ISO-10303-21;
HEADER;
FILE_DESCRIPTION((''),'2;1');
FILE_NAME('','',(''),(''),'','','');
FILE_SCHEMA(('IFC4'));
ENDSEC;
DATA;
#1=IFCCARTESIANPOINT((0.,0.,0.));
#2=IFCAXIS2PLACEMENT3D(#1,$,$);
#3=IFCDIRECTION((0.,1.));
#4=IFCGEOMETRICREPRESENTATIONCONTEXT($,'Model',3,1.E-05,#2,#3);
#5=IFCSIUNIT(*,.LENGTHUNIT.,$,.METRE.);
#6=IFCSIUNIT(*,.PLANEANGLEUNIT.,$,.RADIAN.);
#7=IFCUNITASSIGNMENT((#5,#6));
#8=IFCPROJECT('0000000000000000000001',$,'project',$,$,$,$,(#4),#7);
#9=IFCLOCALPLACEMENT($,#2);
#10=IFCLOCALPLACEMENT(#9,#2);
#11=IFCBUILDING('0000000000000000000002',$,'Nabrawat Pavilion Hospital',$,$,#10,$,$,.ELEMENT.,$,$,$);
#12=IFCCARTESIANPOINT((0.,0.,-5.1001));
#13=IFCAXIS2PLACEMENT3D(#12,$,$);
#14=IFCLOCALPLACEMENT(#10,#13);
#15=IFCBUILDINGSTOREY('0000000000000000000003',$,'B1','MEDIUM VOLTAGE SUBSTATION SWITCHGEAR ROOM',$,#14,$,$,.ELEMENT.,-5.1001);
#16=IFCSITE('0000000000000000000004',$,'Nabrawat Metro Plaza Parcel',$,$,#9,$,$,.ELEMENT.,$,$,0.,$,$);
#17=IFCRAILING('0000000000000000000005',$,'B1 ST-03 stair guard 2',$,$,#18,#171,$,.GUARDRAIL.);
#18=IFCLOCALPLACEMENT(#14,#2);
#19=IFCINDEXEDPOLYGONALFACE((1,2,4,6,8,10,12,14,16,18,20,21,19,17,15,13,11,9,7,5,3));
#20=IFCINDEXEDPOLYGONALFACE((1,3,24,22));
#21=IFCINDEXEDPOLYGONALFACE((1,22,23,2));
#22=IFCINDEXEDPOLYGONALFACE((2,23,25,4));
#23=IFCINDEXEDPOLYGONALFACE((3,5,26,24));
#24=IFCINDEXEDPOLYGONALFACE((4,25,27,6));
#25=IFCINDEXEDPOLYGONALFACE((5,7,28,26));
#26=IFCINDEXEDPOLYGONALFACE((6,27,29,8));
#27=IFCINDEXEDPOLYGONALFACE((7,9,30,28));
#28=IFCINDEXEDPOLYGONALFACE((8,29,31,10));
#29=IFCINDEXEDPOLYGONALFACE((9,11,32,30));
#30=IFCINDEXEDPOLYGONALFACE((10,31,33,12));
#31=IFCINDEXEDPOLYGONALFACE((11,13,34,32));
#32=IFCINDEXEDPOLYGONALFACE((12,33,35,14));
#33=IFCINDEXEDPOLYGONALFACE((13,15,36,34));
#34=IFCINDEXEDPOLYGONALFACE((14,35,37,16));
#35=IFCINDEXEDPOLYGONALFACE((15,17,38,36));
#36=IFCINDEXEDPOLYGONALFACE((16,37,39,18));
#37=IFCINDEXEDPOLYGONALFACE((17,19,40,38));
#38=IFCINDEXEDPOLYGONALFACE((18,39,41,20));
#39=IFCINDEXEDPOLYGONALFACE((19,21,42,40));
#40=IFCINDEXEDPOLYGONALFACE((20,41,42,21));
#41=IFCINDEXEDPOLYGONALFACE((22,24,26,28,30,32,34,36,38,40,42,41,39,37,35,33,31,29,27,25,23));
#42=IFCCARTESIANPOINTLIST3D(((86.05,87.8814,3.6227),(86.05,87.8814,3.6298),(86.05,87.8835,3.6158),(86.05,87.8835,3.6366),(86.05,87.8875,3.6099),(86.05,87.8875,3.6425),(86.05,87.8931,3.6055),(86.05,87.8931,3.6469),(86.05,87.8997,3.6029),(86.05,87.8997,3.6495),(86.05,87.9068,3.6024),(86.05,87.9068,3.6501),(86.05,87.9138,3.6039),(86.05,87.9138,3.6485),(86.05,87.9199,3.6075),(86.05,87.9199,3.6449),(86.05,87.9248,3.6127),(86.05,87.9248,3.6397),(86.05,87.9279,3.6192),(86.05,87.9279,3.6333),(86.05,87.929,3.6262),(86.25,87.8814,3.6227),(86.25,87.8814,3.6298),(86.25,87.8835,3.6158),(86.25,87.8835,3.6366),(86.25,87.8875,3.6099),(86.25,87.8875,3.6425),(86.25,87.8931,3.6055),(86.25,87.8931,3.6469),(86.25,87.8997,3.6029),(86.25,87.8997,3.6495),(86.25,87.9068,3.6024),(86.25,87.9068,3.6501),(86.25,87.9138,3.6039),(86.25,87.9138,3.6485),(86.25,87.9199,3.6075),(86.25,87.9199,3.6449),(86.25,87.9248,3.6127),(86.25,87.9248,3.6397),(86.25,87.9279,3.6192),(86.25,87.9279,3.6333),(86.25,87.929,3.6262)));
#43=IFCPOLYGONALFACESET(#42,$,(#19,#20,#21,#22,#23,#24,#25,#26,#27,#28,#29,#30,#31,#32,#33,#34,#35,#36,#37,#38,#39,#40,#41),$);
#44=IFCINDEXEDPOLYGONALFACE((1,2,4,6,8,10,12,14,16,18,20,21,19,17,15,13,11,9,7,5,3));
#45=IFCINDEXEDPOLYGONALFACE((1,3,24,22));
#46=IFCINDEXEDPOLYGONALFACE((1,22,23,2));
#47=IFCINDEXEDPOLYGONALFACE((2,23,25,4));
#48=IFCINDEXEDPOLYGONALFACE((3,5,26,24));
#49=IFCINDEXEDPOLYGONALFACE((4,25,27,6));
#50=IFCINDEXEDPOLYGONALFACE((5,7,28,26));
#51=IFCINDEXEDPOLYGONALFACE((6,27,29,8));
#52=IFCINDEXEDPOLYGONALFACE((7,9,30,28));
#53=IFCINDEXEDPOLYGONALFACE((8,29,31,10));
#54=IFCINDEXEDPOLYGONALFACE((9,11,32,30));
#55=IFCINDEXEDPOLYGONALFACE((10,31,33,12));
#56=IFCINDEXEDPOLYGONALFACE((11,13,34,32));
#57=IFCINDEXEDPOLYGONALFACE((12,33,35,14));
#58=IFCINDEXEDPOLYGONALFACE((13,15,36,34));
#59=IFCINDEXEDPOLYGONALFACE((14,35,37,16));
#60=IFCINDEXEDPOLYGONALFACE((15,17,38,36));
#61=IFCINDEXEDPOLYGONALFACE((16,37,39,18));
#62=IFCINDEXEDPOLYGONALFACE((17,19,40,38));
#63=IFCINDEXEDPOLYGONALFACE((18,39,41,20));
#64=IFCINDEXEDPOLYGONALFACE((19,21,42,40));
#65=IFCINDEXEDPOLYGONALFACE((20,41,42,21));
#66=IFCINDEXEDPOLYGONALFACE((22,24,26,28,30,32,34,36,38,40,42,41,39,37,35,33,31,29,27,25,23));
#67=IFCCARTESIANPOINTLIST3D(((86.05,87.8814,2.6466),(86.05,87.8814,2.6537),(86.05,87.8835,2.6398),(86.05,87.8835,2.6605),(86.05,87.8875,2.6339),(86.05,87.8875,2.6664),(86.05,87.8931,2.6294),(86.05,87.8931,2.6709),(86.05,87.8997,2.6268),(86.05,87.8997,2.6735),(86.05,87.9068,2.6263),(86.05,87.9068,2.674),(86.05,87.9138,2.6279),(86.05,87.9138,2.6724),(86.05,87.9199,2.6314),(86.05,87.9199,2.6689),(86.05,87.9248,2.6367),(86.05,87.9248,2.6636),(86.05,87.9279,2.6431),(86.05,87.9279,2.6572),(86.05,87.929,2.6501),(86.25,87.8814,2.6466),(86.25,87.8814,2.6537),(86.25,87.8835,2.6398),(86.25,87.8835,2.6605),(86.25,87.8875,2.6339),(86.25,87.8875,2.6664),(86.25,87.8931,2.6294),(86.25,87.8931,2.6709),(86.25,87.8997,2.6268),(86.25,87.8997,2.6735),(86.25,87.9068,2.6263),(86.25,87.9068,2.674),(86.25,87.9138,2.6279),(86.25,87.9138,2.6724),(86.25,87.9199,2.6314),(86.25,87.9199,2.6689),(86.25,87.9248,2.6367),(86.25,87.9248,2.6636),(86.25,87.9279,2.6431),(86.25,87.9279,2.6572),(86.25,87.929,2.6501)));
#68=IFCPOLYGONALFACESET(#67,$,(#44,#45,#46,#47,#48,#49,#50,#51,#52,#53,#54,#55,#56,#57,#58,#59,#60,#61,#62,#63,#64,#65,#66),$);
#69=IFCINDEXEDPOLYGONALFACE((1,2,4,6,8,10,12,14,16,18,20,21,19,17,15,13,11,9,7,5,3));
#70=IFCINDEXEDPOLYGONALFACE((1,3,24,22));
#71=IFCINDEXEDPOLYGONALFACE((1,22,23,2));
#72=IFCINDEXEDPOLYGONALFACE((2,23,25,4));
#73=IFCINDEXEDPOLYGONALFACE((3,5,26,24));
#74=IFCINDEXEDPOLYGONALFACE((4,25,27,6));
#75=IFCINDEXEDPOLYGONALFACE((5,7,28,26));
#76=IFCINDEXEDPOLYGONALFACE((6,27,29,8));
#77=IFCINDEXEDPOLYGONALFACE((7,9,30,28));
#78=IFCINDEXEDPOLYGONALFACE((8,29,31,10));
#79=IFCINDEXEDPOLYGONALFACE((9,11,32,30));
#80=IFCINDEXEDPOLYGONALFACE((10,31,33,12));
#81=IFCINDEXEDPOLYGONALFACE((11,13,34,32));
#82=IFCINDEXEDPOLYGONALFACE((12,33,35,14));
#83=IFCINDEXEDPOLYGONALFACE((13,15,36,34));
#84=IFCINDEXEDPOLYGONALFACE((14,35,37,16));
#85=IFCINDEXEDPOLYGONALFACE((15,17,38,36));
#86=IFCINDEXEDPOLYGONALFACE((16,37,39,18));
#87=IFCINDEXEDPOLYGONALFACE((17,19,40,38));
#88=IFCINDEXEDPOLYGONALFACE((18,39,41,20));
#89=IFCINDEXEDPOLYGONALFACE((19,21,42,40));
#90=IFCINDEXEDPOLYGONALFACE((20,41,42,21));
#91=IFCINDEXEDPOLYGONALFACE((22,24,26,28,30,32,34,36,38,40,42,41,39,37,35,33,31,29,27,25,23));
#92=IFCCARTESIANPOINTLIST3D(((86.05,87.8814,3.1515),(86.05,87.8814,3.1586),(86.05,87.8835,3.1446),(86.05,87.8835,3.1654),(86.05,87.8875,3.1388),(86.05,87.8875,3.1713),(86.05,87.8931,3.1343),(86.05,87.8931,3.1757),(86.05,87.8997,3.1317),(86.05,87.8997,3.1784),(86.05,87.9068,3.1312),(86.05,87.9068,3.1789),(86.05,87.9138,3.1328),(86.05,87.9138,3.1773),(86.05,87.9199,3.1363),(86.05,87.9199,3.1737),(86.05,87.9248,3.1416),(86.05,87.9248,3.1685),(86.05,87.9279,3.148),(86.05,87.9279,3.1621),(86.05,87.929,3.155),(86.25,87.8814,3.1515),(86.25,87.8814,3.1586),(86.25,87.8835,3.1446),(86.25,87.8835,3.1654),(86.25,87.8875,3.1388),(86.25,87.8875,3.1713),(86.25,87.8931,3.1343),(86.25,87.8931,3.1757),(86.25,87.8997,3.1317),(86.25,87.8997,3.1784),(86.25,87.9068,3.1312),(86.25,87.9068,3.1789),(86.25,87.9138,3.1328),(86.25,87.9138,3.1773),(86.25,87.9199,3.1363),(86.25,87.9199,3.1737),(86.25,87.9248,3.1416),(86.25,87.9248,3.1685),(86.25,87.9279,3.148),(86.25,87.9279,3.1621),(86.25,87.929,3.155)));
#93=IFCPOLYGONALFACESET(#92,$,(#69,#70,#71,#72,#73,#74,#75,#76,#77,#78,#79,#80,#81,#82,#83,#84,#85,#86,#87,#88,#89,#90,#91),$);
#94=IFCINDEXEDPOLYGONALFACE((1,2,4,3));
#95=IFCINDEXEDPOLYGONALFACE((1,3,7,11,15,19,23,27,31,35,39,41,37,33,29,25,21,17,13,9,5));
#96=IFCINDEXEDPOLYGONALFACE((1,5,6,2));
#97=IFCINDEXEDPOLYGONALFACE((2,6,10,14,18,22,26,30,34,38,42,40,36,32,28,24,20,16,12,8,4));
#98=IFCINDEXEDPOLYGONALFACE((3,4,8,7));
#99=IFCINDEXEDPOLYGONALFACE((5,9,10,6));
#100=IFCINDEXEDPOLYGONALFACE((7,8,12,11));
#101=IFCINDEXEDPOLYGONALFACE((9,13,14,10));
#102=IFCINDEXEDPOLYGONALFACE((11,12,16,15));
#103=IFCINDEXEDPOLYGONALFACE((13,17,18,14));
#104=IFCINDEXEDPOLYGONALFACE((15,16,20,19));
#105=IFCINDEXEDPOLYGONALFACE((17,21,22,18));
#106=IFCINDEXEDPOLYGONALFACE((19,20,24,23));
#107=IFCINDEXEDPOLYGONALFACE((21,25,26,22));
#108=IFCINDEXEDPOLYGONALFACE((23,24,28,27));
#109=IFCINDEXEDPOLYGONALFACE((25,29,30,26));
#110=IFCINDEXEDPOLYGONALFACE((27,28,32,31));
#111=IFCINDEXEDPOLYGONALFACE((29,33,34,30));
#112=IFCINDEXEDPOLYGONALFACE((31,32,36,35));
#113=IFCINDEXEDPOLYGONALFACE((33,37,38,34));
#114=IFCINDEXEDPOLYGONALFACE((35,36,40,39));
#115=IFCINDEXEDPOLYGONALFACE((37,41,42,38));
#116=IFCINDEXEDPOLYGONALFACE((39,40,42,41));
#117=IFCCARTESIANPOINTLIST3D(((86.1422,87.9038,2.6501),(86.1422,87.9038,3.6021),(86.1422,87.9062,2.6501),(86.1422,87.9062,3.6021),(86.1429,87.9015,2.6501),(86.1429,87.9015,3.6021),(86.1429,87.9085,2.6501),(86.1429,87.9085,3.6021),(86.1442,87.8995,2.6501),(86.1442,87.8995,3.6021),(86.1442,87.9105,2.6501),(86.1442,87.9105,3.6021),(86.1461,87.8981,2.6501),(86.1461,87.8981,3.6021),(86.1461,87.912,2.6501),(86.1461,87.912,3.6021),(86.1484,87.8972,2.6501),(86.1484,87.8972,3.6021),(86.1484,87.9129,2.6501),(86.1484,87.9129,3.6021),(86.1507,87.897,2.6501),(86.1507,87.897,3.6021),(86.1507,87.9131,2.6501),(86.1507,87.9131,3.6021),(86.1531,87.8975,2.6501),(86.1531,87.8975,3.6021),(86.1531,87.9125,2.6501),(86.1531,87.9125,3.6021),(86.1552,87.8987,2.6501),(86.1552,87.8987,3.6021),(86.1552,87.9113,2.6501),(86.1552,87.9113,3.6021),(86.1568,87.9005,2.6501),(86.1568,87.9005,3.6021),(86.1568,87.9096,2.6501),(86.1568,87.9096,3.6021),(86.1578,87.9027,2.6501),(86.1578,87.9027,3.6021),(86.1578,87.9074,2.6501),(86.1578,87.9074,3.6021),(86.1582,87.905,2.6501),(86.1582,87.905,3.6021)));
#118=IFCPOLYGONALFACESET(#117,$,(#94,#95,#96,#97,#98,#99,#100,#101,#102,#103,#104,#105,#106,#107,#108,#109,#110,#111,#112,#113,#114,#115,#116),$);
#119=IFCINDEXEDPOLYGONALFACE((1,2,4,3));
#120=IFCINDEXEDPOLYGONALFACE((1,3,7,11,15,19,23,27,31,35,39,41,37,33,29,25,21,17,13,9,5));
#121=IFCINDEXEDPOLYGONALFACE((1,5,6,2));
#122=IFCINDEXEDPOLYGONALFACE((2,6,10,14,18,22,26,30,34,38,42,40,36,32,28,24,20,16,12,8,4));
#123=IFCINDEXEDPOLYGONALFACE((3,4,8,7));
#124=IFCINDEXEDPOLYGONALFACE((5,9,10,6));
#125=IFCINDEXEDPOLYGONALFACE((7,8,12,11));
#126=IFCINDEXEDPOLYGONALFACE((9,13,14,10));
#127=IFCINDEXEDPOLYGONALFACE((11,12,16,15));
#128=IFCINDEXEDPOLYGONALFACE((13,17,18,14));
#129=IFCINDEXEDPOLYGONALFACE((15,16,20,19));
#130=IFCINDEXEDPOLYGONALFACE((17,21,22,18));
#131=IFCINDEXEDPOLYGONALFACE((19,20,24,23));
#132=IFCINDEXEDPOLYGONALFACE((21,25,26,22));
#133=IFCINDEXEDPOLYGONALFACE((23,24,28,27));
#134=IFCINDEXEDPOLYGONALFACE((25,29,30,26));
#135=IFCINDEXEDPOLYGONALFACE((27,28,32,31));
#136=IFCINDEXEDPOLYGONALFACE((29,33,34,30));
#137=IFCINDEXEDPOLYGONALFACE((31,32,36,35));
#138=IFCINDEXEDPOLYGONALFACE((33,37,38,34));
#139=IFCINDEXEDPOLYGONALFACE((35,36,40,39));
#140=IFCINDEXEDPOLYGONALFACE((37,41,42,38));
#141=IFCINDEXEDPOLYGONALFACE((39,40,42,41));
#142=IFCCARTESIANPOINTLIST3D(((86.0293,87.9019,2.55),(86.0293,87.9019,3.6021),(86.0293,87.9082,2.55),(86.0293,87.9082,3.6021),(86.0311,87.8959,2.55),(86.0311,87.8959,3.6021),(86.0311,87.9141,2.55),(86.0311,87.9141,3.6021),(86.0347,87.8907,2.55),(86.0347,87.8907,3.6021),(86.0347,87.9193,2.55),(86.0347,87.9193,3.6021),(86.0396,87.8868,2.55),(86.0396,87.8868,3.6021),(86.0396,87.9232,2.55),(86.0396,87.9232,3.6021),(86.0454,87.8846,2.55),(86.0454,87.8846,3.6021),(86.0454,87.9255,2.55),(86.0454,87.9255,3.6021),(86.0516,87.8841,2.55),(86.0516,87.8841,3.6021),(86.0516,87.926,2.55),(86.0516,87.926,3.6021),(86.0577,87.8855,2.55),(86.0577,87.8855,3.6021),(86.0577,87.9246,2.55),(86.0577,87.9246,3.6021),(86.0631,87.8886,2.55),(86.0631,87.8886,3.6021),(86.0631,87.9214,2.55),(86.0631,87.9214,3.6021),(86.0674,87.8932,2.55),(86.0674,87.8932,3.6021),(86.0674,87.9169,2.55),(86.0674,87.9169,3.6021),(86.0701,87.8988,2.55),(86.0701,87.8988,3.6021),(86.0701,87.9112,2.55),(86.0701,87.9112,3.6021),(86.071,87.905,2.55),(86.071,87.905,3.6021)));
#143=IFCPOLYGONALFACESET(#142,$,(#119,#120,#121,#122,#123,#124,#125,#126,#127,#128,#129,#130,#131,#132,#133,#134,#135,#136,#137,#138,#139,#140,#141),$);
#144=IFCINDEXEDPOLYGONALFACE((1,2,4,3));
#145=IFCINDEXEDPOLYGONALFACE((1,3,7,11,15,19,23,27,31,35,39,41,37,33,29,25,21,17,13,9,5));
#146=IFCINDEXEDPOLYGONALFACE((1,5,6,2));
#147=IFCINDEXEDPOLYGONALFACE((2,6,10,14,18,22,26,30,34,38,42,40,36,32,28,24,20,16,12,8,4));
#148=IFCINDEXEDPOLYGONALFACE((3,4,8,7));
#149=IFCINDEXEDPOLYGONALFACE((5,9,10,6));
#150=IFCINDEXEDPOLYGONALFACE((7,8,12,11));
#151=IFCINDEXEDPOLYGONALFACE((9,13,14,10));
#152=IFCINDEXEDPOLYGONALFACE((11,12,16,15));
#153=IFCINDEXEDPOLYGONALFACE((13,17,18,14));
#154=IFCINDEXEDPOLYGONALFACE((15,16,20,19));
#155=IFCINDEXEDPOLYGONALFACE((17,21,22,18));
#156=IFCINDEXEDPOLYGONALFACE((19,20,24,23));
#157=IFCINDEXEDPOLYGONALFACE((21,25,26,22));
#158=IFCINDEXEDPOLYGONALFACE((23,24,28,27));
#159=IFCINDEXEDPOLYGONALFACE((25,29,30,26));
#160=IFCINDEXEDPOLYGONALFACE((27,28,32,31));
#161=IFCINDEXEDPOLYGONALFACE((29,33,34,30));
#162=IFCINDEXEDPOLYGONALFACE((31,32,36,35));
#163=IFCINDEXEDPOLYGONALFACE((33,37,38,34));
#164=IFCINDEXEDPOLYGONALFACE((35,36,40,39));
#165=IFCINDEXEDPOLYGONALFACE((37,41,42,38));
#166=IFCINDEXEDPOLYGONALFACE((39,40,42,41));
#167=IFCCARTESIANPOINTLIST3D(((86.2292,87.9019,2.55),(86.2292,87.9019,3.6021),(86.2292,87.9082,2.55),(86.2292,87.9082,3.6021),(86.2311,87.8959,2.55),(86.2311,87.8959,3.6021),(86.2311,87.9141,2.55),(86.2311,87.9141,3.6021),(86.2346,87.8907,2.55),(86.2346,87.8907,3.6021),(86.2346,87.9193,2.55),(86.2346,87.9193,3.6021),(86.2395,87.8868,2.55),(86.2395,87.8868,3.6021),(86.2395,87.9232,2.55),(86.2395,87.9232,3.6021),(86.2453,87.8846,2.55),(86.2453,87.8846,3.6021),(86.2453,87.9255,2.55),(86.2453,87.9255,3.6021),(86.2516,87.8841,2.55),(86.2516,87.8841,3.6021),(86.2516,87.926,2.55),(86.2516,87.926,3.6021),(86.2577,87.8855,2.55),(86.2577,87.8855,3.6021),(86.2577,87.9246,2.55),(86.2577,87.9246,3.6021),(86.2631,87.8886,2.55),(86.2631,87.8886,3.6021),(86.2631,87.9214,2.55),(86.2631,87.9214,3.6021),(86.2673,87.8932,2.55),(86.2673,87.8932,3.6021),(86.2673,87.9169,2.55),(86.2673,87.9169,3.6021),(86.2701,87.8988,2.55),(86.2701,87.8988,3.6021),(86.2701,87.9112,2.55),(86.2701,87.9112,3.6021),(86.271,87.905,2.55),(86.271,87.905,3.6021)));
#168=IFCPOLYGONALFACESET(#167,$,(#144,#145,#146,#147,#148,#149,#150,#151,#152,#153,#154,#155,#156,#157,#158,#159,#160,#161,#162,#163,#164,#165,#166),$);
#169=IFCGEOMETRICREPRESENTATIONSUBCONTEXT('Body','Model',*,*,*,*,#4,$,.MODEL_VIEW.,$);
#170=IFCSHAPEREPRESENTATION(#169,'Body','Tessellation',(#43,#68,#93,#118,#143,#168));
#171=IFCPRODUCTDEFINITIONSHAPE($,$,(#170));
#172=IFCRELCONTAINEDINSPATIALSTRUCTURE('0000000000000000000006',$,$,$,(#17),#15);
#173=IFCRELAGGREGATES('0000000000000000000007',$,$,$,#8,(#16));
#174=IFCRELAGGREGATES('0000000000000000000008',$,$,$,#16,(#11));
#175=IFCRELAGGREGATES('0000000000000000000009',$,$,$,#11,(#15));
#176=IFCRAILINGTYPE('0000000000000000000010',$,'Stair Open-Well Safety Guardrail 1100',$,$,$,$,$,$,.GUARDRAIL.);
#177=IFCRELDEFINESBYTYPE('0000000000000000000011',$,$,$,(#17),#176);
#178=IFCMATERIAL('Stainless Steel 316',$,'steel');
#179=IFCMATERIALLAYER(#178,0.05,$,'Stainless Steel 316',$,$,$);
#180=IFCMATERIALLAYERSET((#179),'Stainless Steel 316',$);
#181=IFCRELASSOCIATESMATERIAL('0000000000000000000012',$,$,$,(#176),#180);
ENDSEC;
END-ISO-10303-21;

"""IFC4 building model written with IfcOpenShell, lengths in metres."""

from ifc_helpers import new_model, si_unit, direction, frame, origin, origin_2d, place, context, subcontext, project, spatial, circle, extrude, material, layer, layer_set, type_object, element, save


model = new_model("IFC4")

# Units and contexts
model_context = context("Model", 3, precision=1e-05, world=origin(), true_north=direction((0.0, 1.0)))
body_context = subcontext(model_context, "Body", "Model", "MODEL_VIEW")
ifc_project = project(units=[si_unit("LENGTHUNIT", "METRE"), si_unit("PLANEANGLEUNIT", "RADIAN")], contexts=[model_context])

# Site, building, storey
site_placement = place(None, origin())
site = spatial("IfcSite", under=ifc_project, at=site_placement, Name="Nabrawat Metro Plaza Parcel", CompositionType="ELEMENT", RefElevation=0.0)
building_placement = place(site_placement, origin())
building = spatial("IfcBuilding", under=site, at=building_placement, Name="Nabrawat Pavilion Hospital", CompositionType="ELEMENT")
storey_placement = place(building_placement, frame((0.0, 0.0, -5.1001)))
storey = spatial("IfcBuildingStorey", under=building, at=storey_placement, Name="B1", Description="MEDIUM VOLTAGE SUBSTATION SWITCHGEAR ROOM", CompositionType="ELEMENT", Elevation=-5.1001)

# Railing
ifc_material_1 = material(Name="Stainless Steel 316", Category="steel")
ifc_layer_1 = layer(ifc_material_1, 0.05, Name="Stainless Steel 316")
ifc_layer_set_1 = layer_set([ifc_layer_1], Name="Stainless Steel 316")
railing_type_1 = type_object("IfcRailingType", Name="Stair Open-Well Safety Guardrail 1100", PredefinedType="GUARDRAIL", material=ifc_layer_set_1)
railing_1_placement = place(storey_placement, frame((86.05, 87.905, 2.55)))
element("IfcRailing", 1, at=railing_1_placement, inside=storey, type_object=railing_type_1, Name="B1 ST-03 stair guard 2", PredefinedType="GUARDRAIL", context=body_context, shape_type="SweptSolid", body=[
    extrude(circle(Radius=0.0239, at=origin_2d()), frame((0.0, 0.0, 1.0762), z_axis=(1.0, 0.0, 0.0), x_axis=(0.0, 1.0, 0.0)), (0.0, 0.0, 1.0), 0.2),
    extrude(circle(Radius=0.0239, at=origin_2d()), frame((0.0, 0.0, 0.1001), z_axis=(1.0, 0.0, 0.0), x_axis=(0.0, 1.0, 0.0)), (0.0, 0.0, 1.0), 0.2),
    extrude(circle(Radius=0.0239, at=origin_2d()), frame((0.0, 0.0, 0.605), z_axis=(1.0, 0.0, 0.0), x_axis=(0.0, 1.0, 0.0)), (0.0, 0.0, 1.0), 0.2),
    extrude(circle(Radius=0.0081, at=origin_2d()), frame((0.1001, 0.0, 0.1001)), (0.0, 0.0, 1.0), 0.9519),
    extrude(circle(Radius=0.021, at=origin_2d()), origin(), (0.0, 0.0, 1.0), 1.052),
    extrude(circle(Radius=0.021, at=origin_2d()), frame((0.2, 0.0, 0.0)), (0.0, 0.0, 1.0), 1.052),
])

save(model, "model.ifc")
